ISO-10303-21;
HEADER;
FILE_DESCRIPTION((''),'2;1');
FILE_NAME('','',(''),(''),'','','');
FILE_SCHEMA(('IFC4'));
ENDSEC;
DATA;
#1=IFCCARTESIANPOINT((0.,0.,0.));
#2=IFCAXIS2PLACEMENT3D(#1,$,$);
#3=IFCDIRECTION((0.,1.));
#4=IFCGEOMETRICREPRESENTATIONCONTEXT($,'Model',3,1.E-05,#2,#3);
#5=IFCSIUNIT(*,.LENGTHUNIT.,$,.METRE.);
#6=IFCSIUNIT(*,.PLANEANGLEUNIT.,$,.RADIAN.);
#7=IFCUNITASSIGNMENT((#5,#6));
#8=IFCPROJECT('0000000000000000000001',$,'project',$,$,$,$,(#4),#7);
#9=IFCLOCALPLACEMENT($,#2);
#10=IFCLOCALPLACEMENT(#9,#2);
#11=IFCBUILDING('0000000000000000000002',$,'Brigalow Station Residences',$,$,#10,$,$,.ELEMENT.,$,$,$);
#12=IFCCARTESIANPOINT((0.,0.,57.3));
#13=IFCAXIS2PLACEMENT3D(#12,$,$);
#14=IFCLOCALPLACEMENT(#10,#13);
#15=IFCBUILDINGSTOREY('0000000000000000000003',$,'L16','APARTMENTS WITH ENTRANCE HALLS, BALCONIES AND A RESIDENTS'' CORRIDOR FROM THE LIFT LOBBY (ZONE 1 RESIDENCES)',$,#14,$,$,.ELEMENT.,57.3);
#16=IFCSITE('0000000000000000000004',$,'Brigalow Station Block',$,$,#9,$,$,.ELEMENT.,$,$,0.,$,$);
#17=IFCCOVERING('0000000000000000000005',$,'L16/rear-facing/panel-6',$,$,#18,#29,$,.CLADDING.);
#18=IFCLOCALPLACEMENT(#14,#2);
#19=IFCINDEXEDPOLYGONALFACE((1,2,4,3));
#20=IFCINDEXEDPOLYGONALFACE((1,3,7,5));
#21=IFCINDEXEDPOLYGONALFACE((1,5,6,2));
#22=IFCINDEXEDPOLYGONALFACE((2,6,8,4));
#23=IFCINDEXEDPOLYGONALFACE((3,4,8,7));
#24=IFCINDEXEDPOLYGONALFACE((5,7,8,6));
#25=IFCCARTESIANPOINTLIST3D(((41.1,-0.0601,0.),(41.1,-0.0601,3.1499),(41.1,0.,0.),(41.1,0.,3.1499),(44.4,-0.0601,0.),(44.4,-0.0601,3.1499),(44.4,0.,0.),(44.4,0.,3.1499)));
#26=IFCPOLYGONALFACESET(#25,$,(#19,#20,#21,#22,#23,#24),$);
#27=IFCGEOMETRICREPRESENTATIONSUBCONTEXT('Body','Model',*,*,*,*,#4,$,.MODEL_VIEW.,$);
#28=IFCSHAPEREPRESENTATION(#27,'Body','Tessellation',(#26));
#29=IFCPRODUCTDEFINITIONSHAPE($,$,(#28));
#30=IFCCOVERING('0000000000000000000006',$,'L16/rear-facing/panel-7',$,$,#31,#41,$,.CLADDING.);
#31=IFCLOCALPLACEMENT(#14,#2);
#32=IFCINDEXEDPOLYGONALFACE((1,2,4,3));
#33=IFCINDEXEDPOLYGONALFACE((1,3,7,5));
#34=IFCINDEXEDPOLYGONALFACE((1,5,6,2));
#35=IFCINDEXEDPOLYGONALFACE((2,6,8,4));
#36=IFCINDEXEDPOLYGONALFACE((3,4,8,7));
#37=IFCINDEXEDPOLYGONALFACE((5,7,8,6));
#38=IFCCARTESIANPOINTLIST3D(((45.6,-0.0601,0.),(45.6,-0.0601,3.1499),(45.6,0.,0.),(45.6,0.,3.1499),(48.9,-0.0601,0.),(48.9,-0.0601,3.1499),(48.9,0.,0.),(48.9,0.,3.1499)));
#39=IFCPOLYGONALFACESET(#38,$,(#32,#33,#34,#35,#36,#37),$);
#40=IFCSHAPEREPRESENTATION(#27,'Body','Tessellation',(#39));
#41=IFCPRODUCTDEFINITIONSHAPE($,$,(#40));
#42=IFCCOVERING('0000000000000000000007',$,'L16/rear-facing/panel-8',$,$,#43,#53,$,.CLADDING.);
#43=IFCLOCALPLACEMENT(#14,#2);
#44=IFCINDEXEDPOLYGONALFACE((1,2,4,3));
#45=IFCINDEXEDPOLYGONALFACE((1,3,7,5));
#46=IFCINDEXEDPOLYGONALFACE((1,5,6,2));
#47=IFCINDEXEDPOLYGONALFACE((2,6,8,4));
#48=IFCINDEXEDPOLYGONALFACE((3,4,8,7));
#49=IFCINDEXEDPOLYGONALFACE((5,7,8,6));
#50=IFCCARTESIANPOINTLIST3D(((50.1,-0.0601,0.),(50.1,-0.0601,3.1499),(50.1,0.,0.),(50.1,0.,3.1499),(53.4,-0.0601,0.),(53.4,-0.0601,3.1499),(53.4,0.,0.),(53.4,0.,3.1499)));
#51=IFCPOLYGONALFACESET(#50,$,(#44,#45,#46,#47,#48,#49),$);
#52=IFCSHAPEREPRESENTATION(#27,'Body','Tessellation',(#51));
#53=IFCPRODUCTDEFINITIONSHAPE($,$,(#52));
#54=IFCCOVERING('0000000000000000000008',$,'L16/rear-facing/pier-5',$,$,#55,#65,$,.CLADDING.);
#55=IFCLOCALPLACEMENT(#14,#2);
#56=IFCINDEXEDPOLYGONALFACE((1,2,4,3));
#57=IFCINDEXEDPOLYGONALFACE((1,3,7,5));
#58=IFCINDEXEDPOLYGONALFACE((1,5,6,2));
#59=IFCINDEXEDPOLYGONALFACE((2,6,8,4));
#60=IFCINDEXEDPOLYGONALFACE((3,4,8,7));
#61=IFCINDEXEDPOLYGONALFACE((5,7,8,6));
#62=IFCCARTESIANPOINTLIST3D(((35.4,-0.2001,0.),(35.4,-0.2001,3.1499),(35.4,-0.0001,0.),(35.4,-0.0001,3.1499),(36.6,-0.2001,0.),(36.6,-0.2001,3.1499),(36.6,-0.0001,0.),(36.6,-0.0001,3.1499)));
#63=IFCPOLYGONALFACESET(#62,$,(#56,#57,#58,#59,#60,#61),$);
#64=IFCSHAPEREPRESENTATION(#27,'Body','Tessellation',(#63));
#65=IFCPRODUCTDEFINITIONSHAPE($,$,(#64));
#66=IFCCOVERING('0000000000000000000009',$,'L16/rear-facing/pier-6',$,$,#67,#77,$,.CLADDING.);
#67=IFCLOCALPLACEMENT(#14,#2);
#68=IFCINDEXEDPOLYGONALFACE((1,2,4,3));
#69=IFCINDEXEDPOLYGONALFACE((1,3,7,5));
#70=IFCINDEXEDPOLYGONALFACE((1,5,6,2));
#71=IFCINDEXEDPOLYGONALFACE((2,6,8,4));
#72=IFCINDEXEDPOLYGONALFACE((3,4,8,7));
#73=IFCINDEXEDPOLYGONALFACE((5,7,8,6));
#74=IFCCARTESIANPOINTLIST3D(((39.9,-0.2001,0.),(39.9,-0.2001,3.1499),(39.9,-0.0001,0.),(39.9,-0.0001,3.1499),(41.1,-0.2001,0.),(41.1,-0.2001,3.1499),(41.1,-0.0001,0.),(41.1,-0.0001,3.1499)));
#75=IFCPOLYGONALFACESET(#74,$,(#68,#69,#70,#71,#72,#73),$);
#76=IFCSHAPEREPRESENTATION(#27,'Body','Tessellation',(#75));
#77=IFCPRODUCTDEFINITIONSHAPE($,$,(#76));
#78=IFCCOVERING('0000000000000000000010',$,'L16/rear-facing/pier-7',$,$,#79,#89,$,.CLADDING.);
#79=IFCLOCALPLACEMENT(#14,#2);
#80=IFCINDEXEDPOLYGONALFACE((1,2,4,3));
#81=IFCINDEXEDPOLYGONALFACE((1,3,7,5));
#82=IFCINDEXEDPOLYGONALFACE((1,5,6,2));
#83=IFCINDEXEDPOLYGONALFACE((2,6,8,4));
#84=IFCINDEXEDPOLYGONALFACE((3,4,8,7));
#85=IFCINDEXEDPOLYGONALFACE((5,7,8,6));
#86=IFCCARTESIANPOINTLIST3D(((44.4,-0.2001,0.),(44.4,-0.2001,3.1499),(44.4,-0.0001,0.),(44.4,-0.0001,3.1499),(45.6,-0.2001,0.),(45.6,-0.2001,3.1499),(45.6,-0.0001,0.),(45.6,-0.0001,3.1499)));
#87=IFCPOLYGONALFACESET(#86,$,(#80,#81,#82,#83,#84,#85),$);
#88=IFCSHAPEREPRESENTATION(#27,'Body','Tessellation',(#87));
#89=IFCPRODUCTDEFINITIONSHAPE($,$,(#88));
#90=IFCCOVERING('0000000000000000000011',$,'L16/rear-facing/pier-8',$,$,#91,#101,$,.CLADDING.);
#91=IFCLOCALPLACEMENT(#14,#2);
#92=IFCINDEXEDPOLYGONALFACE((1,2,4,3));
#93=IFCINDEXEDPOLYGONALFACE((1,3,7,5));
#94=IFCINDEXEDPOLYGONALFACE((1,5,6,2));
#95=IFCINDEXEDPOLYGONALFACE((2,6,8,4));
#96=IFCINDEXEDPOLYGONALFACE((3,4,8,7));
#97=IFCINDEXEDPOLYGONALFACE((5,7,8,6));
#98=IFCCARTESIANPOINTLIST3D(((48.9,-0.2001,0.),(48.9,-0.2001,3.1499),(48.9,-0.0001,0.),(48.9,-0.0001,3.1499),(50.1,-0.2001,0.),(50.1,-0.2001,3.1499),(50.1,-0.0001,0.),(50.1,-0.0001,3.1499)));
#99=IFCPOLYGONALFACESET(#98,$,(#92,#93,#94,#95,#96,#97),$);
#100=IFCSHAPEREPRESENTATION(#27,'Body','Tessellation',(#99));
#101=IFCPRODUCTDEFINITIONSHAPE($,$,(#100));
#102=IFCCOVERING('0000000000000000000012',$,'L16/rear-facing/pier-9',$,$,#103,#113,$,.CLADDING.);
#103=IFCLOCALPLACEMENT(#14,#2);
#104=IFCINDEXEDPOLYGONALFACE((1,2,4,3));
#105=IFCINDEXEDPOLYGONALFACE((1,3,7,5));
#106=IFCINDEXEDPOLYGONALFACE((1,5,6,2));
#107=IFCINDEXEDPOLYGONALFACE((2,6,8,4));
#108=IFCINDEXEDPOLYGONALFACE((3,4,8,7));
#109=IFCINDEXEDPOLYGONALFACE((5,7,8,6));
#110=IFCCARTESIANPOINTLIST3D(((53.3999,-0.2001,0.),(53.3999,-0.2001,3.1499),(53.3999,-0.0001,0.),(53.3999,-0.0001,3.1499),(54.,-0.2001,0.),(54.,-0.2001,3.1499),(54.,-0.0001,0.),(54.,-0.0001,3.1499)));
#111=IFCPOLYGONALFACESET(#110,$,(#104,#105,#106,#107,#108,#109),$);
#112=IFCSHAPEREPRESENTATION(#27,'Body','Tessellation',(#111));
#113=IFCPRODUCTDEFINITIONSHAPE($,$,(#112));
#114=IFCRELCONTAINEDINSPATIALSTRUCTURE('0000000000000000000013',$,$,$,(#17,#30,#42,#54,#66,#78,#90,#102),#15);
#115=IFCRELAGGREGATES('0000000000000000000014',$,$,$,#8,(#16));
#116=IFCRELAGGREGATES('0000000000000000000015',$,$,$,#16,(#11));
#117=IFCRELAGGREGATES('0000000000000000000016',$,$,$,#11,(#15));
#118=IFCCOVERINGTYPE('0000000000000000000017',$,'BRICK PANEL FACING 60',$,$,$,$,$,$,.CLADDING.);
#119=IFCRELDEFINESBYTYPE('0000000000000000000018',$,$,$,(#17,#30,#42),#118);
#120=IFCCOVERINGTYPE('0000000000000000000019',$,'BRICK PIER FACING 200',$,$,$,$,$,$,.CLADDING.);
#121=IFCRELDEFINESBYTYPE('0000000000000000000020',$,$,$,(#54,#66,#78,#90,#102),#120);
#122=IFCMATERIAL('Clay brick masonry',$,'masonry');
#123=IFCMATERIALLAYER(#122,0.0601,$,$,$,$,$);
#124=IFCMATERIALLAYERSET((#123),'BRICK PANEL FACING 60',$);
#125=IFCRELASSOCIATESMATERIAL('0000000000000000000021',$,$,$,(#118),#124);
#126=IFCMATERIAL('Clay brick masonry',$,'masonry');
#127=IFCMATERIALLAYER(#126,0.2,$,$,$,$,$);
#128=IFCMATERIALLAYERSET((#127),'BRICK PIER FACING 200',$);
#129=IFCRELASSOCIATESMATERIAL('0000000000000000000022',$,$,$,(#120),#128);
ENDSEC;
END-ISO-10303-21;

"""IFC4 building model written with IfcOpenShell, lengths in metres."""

from ifc_helpers import new_model, si_unit, direction, frame, origin, origin_2d, place, context, subcontext, project, spatial, rectangle, extrude, material, layer, layer_set, type_object, element, save


model = new_model("IFC4")

# Units and contexts
model_context = context("Model", 3, precision=1e-05, world=origin(), true_north=direction((0.0, 1.0)))
body_context = subcontext(model_context, "Body", "Model", "MODEL_VIEW")
ifc_project = project(units=[si_unit("LENGTHUNIT", "METRE"), si_unit("PLANEANGLEUNIT", "RADIAN")], contexts=[model_context])

# Site, building, storey
site_placement = place(None, origin())
site = spatial("IfcSite", under=ifc_project, at=site_placement, Name="Brigalow Station Block", CompositionType="ELEMENT", RefElevation=0.0)
building_placement = place(site_placement, origin())
building = spatial("IfcBuilding", under=site, at=building_placement, Name="Brigalow Station Residences", CompositionType="ELEMENT")
storey_placement = place(building_placement, frame((0.0, 0.0, 57.3)))
storey = spatial("IfcBuildingStorey", under=building, at=storey_placement, Name="L16", Description="APARTMENTS WITH ENTRANCE HALLS, BALCONIES AND A RESIDENTS' CORRIDOR FROM THE LIFT LOBBY (ZONE 1 RESIDENCES)", CompositionType="ELEMENT", Elevation=57.3)

# Coverings
ifc_material_1 = material(Name="Clay brick masonry", Category="masonry")
ifc_layer_1 = layer(ifc_material_1, 0.0601)
ifc_layer_set_1 = layer_set([ifc_layer_1], Name="BRICK PANEL FACING 60")
covering_type_1 = type_object("IfcCoveringType", Name="BRICK PANEL FACING 60", PredefinedType="CLADDING", material=ifc_layer_set_1)
for number, where, z_axis, x_axis, name in (
    (1, (42.75, -0.03, 0.0), (0.0, 0.0, 1.0), (1.0, 0.0, 0.0), "L16/rear-facing/panel-6"),
    (2, (47.25, -0.03, 0.0), (0.0, 0.0, 1.0), (1.0, 0.0, 0.0), "L16/rear-facing/panel-7"),
    (3, (51.75, -0.03, 0.0), (0.0, 0.0, 1.0), (1.0, 0.0, 0.0), "L16/rear-facing/panel-8"),
):
    element("IfcCovering", number, at=place(storey_placement, frame(where, z_axis=z_axis, x_axis=x_axis)), inside=storey, type_object=covering_type_1, Name=name, PredefinedType="CLADDING", context=body_context, shape_type="SweptSolid", body=[
        extrude(rectangle(XDim=3.3, YDim=0.0601, at=origin_2d()), origin(), (0.0, 0.0, 1.0), 3.1499),
    ])
ifc_material_2 = material(Name="Clay brick masonry", Category="masonry")
ifc_layer_2 = layer(ifc_material_2, 0.2)
ifc_layer_set_2 = layer_set([ifc_layer_2], Name="BRICK PIER FACING 200")
covering_type_2 = type_object("IfcCoveringType", Name="BRICK PIER FACING 200", PredefinedType="CLADDING", material=ifc_layer_set_2)
for number, where, z_axis, x_axis, name in (
    (4, (36.0, -0.1001, 0.0), (0.0, 0.0, 1.0), (1.0, 0.0, 0.0), "L16/rear-facing/pier-5"),
    (5, (40.5, -0.1001, 0.0), (0.0, 0.0, 1.0), (1.0, 0.0, 0.0), "L16/rear-facing/pier-6"),
    (6, (45.0, -0.1001, 0.0), (0.0, 0.0, 1.0), (1.0, 0.0, 0.0), "L16/rear-facing/pier-7"),
    (7, (49.5, -0.1001, 0.0), (0.0, 0.0, 1.0), (1.0, 0.0, 0.0), "L16/rear-facing/pier-8"),
):
    element("IfcCovering", number, at=place(storey_placement, frame(where, z_axis=z_axis, x_axis=x_axis)), inside=storey, type_object=covering_type_2, Name=name, PredefinedType="CLADDING", context=body_context, shape_type="SweptSolid", body=[
        extrude(rectangle(XDim=1.2, YDim=0.2, at=origin_2d()), origin(), (0.0, 0.0, 1.0), 3.1499),
    ])
covering_placement = place(storey_placement, frame((53.7, -0.1001, 0.0), z_axis=(0.0, 0.0, 1.0), x_axis=(1.0, 0.0, 0.0)))
element("IfcCovering", 8, at=covering_placement, inside=storey, type_object=covering_type_2, Name="L16/rear-facing/pier-9", PredefinedType="CLADDING", context=body_context, shape_type="SweptSolid", body=[
    extrude(rectangle(XDim=0.6001, YDim=0.2, at=origin_2d()), origin(), (0.0, 0.0, 1.0), 3.1499),
])

save(model, "model.ifc")
